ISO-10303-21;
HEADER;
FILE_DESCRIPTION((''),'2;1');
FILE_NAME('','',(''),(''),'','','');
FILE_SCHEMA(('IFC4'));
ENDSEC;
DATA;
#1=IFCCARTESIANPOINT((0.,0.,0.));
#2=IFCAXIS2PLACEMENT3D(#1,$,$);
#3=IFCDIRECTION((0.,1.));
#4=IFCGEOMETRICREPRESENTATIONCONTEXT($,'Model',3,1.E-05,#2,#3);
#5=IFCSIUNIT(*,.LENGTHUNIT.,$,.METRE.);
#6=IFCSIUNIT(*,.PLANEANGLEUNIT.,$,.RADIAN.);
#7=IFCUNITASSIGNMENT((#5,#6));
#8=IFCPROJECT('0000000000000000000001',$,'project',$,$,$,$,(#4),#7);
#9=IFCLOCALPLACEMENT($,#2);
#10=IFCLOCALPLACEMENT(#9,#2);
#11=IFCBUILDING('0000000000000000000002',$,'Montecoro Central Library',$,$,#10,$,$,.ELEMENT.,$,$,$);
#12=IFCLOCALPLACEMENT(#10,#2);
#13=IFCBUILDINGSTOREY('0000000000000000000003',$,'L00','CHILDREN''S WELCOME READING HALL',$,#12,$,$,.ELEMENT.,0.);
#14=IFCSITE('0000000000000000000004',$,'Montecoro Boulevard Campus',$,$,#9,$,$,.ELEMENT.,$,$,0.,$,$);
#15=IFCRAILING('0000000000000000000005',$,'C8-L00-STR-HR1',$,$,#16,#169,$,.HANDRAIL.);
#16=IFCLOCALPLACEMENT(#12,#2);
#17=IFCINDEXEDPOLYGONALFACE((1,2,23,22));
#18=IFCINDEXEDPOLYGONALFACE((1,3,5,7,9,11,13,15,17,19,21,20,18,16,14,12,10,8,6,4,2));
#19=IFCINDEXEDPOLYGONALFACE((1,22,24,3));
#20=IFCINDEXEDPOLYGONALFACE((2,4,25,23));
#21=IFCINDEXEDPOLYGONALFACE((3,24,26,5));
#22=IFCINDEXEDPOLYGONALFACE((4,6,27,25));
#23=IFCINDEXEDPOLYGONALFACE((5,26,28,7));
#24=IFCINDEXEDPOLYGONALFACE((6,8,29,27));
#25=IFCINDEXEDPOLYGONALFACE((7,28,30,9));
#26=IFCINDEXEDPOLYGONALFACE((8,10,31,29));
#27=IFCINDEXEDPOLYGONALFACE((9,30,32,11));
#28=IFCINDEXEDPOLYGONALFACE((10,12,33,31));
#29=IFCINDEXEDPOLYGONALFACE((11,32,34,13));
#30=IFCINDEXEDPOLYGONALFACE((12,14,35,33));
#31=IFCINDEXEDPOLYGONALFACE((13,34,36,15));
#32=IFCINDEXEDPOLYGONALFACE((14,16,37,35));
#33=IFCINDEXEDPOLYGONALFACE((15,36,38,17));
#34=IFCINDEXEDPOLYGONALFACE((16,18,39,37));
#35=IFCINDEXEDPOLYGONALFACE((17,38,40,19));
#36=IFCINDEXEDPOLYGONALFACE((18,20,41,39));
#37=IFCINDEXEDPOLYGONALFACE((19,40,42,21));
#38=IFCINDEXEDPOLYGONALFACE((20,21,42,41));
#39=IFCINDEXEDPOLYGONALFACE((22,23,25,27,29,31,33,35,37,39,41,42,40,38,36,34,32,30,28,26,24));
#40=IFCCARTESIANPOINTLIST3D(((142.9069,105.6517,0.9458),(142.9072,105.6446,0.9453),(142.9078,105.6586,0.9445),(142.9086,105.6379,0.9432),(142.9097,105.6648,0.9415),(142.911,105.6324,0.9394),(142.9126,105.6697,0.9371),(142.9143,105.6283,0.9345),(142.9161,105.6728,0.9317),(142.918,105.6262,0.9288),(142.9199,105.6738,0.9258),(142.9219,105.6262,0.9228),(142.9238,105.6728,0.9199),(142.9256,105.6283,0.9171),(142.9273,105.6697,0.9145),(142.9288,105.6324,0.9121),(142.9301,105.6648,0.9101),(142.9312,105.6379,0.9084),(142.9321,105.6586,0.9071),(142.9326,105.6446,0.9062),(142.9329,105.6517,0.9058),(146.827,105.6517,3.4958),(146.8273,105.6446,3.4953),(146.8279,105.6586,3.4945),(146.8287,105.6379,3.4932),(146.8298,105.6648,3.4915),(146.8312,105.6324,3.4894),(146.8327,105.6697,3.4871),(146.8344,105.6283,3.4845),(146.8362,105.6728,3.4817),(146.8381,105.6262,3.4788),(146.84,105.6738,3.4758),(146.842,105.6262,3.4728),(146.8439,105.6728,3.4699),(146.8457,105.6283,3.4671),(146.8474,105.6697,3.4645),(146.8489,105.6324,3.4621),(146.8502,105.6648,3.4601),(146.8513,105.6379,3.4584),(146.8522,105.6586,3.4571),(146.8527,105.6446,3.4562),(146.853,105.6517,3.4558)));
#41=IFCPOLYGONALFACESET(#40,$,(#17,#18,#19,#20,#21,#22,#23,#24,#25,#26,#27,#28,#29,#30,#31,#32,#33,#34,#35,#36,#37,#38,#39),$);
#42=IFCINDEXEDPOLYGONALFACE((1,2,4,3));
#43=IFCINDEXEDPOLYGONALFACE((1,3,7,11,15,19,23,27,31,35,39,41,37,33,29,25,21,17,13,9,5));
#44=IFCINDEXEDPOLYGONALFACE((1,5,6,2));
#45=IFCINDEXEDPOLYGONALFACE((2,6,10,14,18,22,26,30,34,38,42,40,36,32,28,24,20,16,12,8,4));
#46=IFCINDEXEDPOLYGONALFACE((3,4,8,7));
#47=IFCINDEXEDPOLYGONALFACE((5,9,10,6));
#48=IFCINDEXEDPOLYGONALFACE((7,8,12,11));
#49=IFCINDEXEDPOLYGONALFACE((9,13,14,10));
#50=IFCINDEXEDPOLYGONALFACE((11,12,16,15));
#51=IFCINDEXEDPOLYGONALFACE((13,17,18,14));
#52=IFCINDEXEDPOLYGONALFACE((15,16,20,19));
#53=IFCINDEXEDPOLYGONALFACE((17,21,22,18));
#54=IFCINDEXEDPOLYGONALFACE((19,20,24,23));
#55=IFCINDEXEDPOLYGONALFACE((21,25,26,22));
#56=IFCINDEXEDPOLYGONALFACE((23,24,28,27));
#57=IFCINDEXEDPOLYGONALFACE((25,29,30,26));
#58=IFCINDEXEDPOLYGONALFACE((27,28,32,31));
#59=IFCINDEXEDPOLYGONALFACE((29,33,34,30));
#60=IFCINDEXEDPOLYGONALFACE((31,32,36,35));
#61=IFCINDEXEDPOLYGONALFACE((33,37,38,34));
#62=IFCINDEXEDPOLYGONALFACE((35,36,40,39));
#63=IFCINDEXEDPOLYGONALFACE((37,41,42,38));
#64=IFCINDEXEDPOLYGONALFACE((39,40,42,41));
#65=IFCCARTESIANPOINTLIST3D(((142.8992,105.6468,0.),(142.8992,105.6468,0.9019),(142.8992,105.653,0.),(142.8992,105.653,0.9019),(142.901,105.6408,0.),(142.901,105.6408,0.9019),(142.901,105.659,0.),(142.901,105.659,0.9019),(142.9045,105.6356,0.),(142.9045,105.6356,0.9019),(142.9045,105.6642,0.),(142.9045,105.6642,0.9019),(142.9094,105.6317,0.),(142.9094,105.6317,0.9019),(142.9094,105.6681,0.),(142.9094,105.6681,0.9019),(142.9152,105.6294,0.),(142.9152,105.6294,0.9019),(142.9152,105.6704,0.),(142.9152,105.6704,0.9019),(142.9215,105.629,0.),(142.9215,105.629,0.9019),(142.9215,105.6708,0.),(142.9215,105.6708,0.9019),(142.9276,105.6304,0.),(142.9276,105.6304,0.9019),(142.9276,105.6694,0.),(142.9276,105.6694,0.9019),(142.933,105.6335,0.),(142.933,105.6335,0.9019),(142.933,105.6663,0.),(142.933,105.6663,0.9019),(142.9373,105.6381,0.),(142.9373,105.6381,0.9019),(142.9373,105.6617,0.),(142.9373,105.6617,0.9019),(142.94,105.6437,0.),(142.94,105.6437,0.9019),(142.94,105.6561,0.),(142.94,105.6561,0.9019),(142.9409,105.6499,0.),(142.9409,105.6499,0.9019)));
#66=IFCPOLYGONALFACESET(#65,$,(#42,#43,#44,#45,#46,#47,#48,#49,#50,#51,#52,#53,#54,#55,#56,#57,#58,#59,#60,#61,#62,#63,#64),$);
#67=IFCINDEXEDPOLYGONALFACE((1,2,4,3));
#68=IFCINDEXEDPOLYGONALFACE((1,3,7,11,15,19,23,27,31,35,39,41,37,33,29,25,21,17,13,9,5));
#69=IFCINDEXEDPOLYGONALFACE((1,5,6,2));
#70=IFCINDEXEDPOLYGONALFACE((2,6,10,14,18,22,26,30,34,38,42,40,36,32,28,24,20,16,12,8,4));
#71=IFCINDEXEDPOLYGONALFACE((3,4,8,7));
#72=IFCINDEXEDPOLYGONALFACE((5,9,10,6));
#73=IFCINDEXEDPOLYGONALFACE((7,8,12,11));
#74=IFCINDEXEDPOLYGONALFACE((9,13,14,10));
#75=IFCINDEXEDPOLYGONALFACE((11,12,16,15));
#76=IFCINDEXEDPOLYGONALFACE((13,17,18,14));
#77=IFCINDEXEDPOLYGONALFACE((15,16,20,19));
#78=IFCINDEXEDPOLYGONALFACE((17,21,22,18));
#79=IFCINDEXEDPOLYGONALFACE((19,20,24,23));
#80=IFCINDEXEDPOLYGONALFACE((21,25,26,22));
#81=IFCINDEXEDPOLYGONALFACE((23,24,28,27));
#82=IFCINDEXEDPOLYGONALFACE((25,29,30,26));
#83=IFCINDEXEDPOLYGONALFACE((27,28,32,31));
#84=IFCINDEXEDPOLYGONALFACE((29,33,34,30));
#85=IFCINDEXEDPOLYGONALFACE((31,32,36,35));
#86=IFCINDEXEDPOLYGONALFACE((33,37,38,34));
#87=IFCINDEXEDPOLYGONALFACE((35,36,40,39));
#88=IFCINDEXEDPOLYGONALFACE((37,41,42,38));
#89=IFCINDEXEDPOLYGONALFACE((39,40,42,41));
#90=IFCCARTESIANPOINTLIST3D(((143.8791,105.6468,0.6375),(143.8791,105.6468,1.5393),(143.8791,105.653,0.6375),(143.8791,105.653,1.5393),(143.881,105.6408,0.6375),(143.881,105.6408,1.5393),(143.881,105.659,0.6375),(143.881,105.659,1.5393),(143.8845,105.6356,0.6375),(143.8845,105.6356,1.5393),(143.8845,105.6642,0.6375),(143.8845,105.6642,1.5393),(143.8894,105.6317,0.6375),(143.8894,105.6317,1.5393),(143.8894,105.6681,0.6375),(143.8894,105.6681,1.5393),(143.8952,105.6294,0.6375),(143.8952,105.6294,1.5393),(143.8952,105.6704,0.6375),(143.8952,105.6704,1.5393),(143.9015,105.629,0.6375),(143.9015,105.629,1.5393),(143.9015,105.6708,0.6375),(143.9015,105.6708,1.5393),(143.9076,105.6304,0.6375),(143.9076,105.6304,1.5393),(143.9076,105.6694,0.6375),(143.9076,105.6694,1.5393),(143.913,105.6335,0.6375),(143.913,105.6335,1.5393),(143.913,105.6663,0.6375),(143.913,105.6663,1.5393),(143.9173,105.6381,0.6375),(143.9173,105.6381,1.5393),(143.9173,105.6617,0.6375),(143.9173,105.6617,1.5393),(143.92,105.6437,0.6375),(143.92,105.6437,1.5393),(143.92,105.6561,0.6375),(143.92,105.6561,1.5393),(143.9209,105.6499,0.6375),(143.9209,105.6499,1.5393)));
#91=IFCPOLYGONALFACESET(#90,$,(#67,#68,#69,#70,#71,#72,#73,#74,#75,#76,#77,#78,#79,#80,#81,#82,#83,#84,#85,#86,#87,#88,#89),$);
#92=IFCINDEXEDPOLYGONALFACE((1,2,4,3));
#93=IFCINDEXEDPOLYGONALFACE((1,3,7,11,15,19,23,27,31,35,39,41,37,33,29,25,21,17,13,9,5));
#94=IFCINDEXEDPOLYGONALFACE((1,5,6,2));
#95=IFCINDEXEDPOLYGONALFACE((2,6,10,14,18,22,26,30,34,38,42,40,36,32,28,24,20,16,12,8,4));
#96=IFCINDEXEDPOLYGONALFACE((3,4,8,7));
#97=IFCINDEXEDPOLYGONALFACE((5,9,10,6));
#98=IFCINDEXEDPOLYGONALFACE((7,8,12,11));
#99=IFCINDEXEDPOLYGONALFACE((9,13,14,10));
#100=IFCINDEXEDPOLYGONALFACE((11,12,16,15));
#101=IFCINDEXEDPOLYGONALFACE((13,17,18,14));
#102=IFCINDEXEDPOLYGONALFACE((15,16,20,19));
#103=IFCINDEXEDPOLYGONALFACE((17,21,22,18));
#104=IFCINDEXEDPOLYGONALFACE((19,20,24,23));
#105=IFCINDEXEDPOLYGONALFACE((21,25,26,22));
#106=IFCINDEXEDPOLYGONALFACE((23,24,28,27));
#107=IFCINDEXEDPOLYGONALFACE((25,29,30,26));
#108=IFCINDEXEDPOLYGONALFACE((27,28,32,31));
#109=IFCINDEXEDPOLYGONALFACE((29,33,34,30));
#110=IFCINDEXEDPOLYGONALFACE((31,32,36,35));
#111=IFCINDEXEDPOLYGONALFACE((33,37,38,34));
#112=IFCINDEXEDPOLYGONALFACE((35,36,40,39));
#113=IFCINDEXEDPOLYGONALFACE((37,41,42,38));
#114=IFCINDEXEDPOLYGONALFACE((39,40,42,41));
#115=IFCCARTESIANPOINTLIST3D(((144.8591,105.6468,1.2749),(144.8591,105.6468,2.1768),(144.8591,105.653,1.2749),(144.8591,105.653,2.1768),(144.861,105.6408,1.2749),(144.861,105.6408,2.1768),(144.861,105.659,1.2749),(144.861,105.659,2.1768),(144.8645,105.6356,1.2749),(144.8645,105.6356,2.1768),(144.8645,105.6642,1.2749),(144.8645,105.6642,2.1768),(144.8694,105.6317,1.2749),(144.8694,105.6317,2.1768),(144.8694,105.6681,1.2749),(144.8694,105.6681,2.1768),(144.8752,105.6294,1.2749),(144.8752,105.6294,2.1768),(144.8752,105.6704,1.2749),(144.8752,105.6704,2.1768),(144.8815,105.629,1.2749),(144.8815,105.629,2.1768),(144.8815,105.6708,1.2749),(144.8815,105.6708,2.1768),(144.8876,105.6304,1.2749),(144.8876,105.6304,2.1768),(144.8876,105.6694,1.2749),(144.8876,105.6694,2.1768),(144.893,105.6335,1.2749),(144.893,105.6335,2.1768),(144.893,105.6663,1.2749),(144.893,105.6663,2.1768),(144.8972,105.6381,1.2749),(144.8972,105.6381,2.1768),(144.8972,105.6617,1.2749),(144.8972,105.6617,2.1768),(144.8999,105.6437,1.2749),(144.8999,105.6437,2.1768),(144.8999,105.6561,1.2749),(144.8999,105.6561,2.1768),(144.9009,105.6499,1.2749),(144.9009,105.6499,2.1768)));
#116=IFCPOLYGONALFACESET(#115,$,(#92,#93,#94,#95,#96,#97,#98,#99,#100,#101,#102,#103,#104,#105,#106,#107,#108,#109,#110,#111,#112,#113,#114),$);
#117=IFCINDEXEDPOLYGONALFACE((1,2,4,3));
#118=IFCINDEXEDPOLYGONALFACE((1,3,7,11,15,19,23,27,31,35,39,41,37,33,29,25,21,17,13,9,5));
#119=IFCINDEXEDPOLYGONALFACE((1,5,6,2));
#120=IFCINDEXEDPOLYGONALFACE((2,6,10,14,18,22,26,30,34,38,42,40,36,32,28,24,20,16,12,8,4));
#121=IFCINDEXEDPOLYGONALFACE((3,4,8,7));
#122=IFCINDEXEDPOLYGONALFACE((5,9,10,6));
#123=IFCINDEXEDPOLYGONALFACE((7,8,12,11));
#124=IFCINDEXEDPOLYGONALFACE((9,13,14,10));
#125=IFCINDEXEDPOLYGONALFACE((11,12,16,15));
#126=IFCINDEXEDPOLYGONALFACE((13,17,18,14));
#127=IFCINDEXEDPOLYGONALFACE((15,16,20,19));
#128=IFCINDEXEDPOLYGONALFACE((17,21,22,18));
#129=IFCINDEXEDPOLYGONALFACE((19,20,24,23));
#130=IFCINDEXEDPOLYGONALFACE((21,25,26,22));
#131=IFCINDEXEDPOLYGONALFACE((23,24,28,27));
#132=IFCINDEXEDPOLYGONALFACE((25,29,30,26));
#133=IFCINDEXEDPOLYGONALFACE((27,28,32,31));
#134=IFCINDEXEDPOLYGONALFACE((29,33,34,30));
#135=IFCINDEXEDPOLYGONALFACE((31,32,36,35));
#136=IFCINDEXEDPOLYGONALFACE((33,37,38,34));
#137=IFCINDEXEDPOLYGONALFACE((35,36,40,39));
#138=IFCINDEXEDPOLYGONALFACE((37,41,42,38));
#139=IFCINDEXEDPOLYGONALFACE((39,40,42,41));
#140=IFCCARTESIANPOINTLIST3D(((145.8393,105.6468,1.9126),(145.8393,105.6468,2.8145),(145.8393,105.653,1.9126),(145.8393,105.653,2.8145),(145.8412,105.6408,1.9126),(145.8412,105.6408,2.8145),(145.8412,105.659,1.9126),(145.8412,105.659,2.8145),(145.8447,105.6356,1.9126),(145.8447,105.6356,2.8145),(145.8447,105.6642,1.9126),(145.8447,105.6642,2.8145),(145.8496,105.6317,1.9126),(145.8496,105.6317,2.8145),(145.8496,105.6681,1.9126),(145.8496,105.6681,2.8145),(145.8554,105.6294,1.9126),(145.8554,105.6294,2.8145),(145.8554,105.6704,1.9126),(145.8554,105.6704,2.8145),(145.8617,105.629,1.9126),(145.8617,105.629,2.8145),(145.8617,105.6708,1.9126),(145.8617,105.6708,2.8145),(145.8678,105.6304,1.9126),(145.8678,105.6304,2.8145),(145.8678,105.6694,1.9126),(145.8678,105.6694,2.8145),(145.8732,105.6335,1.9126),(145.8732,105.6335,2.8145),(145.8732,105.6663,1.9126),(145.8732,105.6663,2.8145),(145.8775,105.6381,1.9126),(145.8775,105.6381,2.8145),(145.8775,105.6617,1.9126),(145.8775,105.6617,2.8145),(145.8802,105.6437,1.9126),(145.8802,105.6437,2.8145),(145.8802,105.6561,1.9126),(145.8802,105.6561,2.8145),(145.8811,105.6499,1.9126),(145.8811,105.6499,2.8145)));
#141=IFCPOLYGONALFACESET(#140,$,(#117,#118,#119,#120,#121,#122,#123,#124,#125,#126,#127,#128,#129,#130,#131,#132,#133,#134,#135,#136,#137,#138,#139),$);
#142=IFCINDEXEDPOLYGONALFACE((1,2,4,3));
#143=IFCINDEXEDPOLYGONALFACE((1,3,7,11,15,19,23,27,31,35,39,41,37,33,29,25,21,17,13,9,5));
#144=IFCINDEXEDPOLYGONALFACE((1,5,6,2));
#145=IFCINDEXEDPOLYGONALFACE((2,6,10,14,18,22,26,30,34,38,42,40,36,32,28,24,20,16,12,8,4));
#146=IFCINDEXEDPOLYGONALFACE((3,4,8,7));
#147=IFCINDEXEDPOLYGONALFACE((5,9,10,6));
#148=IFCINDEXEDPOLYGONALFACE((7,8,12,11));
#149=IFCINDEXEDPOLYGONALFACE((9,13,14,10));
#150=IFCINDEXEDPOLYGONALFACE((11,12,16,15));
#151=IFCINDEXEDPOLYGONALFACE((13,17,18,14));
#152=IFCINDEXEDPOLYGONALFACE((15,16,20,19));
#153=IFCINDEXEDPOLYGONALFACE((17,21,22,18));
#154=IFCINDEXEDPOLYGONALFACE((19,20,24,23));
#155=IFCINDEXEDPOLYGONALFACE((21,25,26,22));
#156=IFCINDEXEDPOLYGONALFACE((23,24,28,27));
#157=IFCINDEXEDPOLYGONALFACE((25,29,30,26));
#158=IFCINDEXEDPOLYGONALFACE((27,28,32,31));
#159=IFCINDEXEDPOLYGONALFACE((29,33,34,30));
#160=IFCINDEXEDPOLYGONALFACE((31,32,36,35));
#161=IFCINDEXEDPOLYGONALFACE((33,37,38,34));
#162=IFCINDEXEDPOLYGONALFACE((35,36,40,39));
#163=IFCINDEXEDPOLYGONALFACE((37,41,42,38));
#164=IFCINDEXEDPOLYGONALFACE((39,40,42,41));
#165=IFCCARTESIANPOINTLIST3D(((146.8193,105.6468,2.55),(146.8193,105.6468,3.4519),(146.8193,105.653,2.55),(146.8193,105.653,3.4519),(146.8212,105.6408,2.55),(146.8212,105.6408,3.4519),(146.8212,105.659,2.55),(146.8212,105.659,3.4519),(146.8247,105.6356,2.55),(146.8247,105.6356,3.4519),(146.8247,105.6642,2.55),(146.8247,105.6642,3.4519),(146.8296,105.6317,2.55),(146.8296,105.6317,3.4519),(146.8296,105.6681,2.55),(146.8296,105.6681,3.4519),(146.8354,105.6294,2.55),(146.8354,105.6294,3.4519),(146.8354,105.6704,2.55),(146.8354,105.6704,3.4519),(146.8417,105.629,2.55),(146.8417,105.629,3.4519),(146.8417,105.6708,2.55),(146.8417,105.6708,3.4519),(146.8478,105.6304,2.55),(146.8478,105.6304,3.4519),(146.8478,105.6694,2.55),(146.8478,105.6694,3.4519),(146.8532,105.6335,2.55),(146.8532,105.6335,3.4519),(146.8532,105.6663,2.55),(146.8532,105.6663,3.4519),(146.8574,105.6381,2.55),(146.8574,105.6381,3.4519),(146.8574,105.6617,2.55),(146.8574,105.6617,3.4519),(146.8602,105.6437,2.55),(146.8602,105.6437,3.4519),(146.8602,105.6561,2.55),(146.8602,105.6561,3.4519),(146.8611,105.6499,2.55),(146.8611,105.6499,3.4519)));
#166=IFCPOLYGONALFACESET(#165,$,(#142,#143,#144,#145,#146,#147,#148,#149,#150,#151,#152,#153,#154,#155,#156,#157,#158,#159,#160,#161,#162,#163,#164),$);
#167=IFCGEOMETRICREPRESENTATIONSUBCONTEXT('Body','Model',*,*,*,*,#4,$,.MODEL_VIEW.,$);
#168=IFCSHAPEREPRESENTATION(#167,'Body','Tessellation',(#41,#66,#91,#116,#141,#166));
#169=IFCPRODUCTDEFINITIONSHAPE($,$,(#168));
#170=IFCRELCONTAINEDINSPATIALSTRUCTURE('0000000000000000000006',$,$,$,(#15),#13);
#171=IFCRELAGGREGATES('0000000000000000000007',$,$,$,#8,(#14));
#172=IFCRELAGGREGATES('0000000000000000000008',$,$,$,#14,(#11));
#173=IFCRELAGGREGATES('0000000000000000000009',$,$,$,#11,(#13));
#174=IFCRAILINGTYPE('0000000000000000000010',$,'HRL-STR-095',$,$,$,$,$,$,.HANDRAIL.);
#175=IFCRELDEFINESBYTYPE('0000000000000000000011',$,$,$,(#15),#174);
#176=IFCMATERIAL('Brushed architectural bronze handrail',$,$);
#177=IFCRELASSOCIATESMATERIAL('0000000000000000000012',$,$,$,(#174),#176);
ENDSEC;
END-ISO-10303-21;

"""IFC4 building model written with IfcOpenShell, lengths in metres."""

from ifc_helpers import new_model, si_unit, direction, frame, origin, origin_2d, place, context, subcontext, project, spatial, circle, extrude, material, type_object, element, save


model = new_model("IFC4")

# Units and contexts
model_context = context("Model", 3, precision=1e-05, world=origin(), true_north=direction((0.0, 1.0)))
body_context = subcontext(model_context, "Body", "Model", "MODEL_VIEW")
ifc_project = project(units=[si_unit("LENGTHUNIT", "METRE"), si_unit("PLANEANGLEUNIT", "RADIAN")], contexts=[model_context])

# Site, building, storey
site_placement = place(None, origin())
site = spatial("IfcSite", under=ifc_project, at=site_placement, Name="Montecoro Boulevard Campus", CompositionType="ELEMENT", RefElevation=0.0)
building_placement = place(site_placement, origin())
building = spatial("IfcBuilding", under=site, at=building_placement, Name="Montecoro Central Library", CompositionType="ELEMENT")
storey_placement = place(building_placement, origin())
storey = spatial("IfcBuildingStorey", under=building, at=storey_placement, Name="L00", Description="CHILDREN'S WELCOME READING HALL", CompositionType="ELEMENT", Elevation=0.0)

# Railing
ifc_material_1 = material(Name="Brushed architectural bronze handrail")
railing_type_1 = type_object("IfcRailingType", Name="HRL-STR-095", PredefinedType="HANDRAIL", material=ifc_material_1)
railing_1_placement = place(storey_placement, frame((142.9199, 105.6499, 0.0)))
element("IfcRailing", 1, at=railing_1_placement, inside=storey, type_object=railing_type_1, Name="C8-L00-STR-HR1", PredefinedType="HANDRAIL", context=body_context, shape_type="SweptSolid", body=[
    extrude(circle(Radius=0.0239, at=origin_2d()), frame((0.0, 0.0, 0.9258), z_axis=(0.838254, 0.0, 0.54528), x_axis=(0.0, 1.0, 0.0)), (0.0, 0.0, 1.0), 4.6765),
    extrude(circle(Radius=0.021, at=origin_2d()), origin(), (0.0, 0.0, 1.0), 0.9019),
    extrude(circle(Radius=0.021, at=origin_2d()), frame((0.98, 0.0, 0.6375)), (0.0, 0.0, 1.0), 0.9019),
    extrude(circle(Radius=0.021, at=origin_2d()), frame((1.96, 0.0, 1.2749)), (0.0, 0.0, 1.0), 0.9019),
    extrude(circle(Radius=0.021, at=origin_2d()), frame((2.9402, 0.0, 1.9126)), (0.0, 0.0, 1.0), 0.9019),
    extrude(circle(Radius=0.021, at=origin_2d()), frame((3.9202, 0.0, 2.55)), (0.0, 0.0, 1.0), 0.9019),
])

save(model, "model.ifc")
